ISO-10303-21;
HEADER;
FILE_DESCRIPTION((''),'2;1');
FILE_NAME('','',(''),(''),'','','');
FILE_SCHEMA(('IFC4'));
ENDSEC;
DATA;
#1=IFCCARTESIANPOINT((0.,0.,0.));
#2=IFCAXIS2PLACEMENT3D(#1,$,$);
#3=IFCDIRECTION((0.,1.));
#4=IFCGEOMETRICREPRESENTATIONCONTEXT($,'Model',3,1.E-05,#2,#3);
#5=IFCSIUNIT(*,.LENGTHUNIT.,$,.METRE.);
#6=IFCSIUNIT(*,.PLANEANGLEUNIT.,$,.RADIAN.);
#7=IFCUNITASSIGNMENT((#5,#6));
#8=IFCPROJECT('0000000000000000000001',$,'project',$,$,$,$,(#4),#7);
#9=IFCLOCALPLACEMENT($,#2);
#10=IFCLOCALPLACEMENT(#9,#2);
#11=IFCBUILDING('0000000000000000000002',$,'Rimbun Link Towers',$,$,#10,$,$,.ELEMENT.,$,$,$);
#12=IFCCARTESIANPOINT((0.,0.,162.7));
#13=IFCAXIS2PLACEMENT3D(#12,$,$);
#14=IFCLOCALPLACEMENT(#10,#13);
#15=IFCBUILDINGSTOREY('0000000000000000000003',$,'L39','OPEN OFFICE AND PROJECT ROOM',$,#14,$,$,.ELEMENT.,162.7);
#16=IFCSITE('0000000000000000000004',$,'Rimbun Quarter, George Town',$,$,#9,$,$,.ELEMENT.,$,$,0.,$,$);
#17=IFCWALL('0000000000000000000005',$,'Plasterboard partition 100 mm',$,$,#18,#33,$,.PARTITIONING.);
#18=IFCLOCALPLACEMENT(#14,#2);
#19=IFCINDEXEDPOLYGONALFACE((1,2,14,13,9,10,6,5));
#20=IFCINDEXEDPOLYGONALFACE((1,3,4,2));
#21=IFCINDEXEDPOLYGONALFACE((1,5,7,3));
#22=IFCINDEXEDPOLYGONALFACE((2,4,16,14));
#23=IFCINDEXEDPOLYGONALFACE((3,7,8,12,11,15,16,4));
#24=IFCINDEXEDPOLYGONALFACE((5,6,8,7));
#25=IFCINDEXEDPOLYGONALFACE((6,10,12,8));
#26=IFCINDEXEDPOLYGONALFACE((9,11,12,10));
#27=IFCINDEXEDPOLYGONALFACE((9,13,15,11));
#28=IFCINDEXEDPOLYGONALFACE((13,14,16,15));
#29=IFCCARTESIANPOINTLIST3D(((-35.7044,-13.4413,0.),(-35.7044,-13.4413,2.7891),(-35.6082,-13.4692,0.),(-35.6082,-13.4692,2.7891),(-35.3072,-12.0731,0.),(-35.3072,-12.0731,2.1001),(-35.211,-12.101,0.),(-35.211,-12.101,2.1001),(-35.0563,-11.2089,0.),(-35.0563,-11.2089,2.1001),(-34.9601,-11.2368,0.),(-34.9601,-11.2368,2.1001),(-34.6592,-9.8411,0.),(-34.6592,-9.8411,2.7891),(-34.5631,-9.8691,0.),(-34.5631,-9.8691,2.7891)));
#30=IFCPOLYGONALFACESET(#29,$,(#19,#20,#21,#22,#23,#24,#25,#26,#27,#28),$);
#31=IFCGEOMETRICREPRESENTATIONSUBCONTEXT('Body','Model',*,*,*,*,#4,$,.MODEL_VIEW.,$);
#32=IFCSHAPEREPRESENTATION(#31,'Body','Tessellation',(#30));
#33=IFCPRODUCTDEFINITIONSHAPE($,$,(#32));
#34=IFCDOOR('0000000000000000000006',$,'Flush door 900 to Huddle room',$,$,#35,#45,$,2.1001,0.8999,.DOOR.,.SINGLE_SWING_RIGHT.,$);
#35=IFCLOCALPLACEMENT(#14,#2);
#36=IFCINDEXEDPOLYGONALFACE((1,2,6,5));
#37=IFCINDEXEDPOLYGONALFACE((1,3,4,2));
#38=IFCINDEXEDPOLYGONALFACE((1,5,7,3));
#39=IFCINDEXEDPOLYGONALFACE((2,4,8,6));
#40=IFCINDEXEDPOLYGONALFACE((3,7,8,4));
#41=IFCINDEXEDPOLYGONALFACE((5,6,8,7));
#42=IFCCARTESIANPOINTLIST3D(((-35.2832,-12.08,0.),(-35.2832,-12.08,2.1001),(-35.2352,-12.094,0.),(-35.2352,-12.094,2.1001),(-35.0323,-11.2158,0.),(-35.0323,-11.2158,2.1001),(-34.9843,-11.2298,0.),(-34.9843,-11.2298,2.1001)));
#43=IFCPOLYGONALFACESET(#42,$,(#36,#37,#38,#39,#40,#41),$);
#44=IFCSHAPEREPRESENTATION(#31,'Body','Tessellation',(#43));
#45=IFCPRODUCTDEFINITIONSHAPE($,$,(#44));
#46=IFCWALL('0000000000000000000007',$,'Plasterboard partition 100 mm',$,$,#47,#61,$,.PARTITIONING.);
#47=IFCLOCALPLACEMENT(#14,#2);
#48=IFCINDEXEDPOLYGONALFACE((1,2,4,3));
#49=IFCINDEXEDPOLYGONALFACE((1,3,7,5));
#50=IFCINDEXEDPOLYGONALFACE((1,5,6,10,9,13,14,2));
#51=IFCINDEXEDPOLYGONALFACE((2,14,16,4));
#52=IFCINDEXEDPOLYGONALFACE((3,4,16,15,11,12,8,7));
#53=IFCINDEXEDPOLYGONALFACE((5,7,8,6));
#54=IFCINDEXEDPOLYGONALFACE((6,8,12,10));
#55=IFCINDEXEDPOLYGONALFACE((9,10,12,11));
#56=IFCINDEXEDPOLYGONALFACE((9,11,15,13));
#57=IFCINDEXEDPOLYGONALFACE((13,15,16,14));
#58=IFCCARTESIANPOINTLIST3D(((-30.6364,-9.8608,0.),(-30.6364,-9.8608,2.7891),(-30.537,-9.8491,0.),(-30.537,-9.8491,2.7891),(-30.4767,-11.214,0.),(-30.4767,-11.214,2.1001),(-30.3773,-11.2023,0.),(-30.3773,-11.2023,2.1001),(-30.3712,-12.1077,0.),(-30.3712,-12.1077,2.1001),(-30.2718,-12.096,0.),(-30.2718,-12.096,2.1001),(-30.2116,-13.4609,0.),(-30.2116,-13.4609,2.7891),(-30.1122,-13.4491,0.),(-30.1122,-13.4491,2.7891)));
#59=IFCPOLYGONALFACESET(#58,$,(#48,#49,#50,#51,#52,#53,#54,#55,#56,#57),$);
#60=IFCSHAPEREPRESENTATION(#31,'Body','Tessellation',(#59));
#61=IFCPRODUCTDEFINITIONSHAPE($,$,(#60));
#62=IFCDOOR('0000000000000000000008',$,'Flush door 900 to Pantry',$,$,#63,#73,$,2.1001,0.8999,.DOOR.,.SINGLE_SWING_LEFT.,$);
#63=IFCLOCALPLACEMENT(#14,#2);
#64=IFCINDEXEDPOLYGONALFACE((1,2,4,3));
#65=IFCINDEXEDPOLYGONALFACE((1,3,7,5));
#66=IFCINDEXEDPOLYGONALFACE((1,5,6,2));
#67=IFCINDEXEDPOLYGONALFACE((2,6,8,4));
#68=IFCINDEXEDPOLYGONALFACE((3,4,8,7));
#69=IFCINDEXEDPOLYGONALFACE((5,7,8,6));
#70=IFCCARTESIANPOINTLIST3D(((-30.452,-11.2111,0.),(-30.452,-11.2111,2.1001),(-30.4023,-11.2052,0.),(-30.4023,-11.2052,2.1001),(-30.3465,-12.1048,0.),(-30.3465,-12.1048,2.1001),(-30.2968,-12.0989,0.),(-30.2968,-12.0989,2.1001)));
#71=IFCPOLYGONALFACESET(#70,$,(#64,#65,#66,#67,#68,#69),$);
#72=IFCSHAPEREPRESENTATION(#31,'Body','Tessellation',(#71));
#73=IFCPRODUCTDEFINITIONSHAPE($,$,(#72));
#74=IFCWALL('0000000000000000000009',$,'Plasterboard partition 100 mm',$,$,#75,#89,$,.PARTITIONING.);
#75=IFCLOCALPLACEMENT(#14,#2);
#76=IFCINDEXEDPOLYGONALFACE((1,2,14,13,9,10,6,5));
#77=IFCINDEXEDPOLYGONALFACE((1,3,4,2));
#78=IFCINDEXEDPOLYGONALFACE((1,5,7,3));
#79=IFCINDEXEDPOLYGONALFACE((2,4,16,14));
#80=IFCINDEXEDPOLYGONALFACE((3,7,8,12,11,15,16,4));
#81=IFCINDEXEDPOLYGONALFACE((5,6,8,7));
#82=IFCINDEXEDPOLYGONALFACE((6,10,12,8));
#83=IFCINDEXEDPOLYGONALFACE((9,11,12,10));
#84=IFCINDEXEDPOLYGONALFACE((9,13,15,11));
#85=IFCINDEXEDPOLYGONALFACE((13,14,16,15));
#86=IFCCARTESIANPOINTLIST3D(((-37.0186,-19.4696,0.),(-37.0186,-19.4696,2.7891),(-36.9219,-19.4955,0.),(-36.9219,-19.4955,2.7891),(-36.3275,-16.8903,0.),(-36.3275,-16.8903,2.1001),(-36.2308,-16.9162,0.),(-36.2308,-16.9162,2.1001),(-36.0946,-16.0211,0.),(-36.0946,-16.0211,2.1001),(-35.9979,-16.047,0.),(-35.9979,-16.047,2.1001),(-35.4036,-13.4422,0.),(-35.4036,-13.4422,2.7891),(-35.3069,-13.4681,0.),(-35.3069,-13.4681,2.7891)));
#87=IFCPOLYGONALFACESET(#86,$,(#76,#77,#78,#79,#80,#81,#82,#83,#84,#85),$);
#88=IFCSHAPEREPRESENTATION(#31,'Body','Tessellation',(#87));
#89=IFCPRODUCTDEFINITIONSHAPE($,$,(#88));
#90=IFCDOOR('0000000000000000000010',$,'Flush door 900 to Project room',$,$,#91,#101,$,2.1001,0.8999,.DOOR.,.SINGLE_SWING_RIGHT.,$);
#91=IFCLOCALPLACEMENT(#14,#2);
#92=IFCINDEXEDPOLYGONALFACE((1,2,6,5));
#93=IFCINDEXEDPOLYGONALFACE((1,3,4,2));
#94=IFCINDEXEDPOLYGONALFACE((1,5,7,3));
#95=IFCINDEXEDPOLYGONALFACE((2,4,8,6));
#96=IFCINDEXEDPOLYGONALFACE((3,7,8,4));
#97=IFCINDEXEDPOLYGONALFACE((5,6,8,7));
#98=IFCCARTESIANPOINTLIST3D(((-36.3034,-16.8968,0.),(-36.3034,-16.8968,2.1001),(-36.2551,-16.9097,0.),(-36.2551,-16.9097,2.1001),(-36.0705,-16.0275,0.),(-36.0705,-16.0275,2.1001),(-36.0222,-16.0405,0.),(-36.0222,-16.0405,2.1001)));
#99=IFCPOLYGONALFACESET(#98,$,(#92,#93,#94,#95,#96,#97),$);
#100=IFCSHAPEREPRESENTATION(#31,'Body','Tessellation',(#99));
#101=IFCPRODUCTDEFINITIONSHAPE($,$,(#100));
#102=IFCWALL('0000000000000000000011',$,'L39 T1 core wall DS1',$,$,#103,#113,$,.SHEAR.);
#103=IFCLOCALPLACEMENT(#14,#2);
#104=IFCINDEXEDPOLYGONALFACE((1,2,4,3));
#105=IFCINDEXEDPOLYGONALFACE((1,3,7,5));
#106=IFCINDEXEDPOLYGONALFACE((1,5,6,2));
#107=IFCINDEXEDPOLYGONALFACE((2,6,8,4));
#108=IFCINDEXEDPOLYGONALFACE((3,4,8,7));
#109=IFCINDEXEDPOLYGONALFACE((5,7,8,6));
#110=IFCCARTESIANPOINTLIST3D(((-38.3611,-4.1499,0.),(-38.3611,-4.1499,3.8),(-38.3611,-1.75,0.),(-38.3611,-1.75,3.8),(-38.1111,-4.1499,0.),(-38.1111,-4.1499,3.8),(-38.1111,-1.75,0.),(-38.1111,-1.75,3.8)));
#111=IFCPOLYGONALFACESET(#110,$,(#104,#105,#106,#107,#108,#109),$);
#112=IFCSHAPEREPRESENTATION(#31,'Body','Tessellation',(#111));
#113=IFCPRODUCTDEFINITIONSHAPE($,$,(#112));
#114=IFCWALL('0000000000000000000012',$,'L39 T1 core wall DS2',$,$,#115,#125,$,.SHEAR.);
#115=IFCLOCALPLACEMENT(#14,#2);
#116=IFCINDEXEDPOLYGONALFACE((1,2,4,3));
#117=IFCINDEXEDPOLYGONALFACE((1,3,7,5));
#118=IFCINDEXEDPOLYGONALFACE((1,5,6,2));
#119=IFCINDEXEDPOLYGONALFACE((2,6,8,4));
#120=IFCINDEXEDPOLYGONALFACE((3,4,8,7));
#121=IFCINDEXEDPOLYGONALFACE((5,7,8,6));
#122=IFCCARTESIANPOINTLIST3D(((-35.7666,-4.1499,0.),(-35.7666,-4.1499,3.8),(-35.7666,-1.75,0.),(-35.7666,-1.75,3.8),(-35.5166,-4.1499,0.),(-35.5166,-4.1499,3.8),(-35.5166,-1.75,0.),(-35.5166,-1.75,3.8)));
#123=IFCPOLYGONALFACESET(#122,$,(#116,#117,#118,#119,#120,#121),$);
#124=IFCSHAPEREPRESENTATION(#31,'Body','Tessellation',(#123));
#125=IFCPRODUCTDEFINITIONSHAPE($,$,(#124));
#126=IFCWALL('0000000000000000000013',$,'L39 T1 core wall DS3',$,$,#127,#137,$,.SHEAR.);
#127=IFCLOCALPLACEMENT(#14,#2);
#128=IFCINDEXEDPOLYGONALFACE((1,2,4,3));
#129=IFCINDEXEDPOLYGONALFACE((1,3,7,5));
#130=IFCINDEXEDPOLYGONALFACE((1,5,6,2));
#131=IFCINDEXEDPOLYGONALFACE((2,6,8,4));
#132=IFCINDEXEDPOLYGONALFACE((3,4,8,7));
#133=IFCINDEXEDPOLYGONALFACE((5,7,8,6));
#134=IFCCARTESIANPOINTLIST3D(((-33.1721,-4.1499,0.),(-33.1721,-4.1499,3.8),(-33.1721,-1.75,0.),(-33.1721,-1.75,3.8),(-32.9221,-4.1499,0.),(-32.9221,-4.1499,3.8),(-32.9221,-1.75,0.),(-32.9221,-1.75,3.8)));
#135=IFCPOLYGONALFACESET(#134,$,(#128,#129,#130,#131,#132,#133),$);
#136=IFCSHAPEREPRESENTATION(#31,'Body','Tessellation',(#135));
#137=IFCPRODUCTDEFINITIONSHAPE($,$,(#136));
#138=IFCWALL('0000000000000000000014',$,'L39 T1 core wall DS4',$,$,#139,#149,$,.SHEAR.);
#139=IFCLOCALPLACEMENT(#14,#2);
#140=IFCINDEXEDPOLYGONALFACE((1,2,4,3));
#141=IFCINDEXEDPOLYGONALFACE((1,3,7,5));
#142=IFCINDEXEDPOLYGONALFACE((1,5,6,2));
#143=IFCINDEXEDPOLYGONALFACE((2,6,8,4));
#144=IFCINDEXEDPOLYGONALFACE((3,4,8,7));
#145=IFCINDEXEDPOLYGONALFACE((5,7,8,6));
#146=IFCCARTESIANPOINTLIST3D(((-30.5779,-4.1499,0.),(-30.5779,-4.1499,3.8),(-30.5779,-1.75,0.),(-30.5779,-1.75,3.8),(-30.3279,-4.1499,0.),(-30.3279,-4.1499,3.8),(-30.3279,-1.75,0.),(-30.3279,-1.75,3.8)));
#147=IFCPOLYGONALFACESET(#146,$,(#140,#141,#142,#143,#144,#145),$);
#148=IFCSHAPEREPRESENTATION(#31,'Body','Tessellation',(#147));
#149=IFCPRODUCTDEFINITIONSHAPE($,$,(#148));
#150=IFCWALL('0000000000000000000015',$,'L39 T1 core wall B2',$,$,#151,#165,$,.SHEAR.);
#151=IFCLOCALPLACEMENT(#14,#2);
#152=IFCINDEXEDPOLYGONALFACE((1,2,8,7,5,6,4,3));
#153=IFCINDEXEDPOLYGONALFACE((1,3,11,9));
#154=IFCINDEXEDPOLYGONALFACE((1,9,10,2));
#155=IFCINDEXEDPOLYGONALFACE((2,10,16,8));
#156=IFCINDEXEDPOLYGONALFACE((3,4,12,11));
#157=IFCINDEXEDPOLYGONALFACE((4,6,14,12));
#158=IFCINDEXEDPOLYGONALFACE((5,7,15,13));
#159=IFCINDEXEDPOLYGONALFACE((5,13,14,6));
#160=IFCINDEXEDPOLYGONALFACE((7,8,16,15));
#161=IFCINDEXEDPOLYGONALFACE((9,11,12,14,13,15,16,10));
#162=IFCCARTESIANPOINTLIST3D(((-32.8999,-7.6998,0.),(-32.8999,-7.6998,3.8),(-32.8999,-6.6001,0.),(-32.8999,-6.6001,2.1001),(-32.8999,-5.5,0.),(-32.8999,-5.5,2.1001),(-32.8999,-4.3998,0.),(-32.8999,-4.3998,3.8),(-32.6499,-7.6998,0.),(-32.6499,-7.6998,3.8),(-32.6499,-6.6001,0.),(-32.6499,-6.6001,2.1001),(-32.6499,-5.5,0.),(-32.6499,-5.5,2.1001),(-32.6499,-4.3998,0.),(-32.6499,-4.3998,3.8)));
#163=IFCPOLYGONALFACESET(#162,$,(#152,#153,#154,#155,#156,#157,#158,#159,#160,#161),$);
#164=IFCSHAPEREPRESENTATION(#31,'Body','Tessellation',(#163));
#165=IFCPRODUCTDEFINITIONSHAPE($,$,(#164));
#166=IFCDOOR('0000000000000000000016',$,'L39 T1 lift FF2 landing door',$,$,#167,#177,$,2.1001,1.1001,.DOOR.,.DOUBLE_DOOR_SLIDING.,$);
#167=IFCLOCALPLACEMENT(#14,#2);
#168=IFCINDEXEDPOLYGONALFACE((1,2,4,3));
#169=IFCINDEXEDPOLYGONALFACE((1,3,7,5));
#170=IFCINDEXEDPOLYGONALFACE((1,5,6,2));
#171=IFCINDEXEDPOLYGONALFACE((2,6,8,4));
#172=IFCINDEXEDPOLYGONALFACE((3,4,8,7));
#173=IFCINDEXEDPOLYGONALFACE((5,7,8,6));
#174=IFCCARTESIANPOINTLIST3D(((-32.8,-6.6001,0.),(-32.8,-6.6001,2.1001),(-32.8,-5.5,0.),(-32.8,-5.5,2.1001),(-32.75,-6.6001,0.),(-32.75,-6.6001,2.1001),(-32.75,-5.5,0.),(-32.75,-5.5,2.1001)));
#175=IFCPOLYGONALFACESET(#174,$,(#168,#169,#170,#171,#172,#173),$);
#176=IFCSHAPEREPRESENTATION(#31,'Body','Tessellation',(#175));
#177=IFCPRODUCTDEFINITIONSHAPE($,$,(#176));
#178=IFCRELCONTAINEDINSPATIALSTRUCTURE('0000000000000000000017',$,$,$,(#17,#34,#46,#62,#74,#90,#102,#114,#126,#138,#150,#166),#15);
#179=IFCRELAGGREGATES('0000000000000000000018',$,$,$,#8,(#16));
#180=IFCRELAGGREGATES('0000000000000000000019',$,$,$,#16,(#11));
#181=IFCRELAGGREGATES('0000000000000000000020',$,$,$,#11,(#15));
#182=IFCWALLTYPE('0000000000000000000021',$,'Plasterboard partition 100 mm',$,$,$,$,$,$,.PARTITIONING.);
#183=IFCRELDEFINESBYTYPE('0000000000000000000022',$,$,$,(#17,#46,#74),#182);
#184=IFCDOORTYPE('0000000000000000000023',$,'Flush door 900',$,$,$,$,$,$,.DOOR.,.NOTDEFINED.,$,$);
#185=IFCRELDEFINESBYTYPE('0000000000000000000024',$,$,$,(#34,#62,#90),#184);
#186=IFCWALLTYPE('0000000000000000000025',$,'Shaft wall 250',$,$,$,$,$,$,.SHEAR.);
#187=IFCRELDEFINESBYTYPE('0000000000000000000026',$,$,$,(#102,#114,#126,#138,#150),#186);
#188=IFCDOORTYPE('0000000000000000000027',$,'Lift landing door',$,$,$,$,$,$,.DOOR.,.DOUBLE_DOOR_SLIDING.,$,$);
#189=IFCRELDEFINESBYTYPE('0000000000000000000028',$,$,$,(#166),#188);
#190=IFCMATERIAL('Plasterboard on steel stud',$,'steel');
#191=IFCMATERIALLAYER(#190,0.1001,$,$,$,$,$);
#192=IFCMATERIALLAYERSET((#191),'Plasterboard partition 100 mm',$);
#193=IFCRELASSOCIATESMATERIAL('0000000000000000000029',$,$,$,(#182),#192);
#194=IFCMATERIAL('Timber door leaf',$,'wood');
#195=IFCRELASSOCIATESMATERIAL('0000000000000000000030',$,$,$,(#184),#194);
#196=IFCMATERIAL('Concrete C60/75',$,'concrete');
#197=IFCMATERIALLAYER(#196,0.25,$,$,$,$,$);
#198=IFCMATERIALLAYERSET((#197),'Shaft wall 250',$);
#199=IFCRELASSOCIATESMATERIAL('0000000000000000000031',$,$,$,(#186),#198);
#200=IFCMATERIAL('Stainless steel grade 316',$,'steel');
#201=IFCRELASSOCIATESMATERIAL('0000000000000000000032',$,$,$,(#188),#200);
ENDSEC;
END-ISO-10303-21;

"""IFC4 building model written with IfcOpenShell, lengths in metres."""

from ifc_helpers import new_model, si_unit, direction, frame, frame_2d, origin, place, context, subcontext, project, spatial, rectangle, extrude, material, layer, layer_set, type_object, element, fill, save


model = new_model("IFC4")

# Units and contexts
model_context = context("Model", 3, precision=1e-05, world=origin(), true_north=direction((0.0, 1.0)))
body_context = subcontext(model_context, "Body", "Model", "MODEL_VIEW")
ifc_project = project(units=[si_unit("LENGTHUNIT", "METRE"), si_unit("PLANEANGLEUNIT", "RADIAN")], contexts=[model_context])

# Site, building, storey
site_placement = place(None, origin())
site = spatial("IfcSite", under=ifc_project, at=site_placement, Name="Rimbun Quarter, George Town", CompositionType="ELEMENT", RefElevation=0.0)
building_placement = place(site_placement, origin())
building = spatial("IfcBuilding", under=site, at=building_placement, Name="Rimbun Link Towers", CompositionType="ELEMENT")
storey_placement = place(building_placement, frame((0.0, 0.0, 162.7)))
storey = spatial("IfcBuildingStorey", under=building, at=storey_placement, Name="L39", Description="OPEN OFFICE AND PROJECT ROOM", CompositionType="ELEMENT", Elevation=162.7)

# Walls, openings, doors
ifc_material_1 = material(Name="Plasterboard on steel stud", Category="steel")
ifc_layer_1 = layer(ifc_material_1, 0.1001)
ifc_layer_set_1 = layer_set([ifc_layer_1], Name="Plasterboard partition 100 mm")
wall_type_1 = type_object("IfcWallType", Name="Plasterboard partition 100 mm", PredefinedType="PARTITIONING", material=ifc_layer_set_1)
ifc_material_2 = material(Name="Timber door leaf", Category="wood")
door_type_1 = type_object("IfcDoorType", Name="Flush door 900", OperationType="NOTDEFINED", PredefinedType="DOOR", material=ifc_material_2)
wall_1_placement = place(storey_placement, frame((-34.6111, -9.855, 0.0), z_axis=(0.0, 0.0, 1.0), x_axis=(-0.278804, -0.960348, 0.0)))
wall_1 = element("IfcWall", 1, at=wall_1_placement, inside=storey, type_object=wall_type_1, Name="Plasterboard partition 100 mm", PredefinedType="PARTITIONING", context=body_context, shape_type="SweptSolid", body=[
    extrude(rectangle(XDim=3.7488, YDim=0.1001, at=frame_2d((1.8745, 0.0))), origin(), (0.0, 0.0, 1.0), 2.7891),
])
opening_1_placement = place(wall_1_placement, frame((1.4243, 0.0, 0.0)))
opening_1 = element("IfcOpeningElement", 2, at=opening_1_placement, cuts=wall_1, PredefinedType="OPENING", context=body_context, shape_type="SweptSolid", body=[
    extrude(rectangle(XDim=0.8999, YDim=2.1001, at=frame_2d((0.45, 1.05))), frame((0.0, 0.0601, 0.0), z_axis=(0.0, -1.0, 0.0), x_axis=(1.0, 0.0, 0.0)), (0.0, 0.0, 1.0), 0.1201),
])
door_1_placement = place(opening_1_placement, origin())
door_1 = element("IfcDoor", 3, at=door_1_placement, inside=storey, type_object=door_type_1, Name="Flush door 900 to Huddle room", OperationType="SINGLE_SWING_RIGHT", OverallHeight=2.1001, OverallWidth=0.8999, PredefinedType="DOOR", context=body_context, shape_type="SweptSolid", body=[
    extrude(rectangle(XDim=0.8999, YDim=2.1001, at=frame_2d((0.45, 1.05))), frame((0.0, 0.0249, 0.0), z_axis=(0.0, -1.0, 0.0), x_axis=(1.0, 0.0, 0.0)), (0.0, 0.0, 1.0), 0.05),
])
fill(opening_1, door_1)
wall_2_placement = place(storey_placement, frame((-30.5867, -9.855, 0.0), z_axis=(0.0, 0.0, 1.0), x_axis=(0.117185, -0.99311, 0.0)))
wall_2 = element("IfcWall", 4, at=wall_2_placement, inside=storey, type_object=wall_type_1, Name="Plasterboard partition 100 mm", PredefinedType="PARTITIONING", context=body_context, shape_type="SweptSolid", body=[
    extrude(rectangle(XDim=3.625, YDim=0.1001, at=frame_2d((1.8125, 0.0))), origin(), (0.0, 0.0, 1.0), 2.7891),
])
opening_2_placement = place(wall_2_placement, frame((1.3625, 0.0, 0.0)))
opening_2 = element("IfcOpeningElement", 5, at=opening_2_placement, cuts=wall_2, PredefinedType="OPENING", context=body_context, shape_type="SweptSolid", body=[
    extrude(rectangle(XDim=0.8999, YDim=2.1001, at=frame_2d((0.45, 1.05))), frame((0.0, 0.0601, 0.0), z_axis=(0.0, -1.0, 0.0), x_axis=(1.0, 0.0, 0.0)), (0.0, 0.0, 1.0), 0.1201),
])
door_2_placement = place(opening_2_placement, origin())
door_2 = element("IfcDoor", 6, at=door_2_placement, inside=storey, type_object=door_type_1, Name="Flush door 900 to Pantry", OperationType="SINGLE_SWING_LEFT", OverallHeight=2.1001, OverallWidth=0.8999, PredefinedType="DOOR", context=body_context, shape_type="SweptSolid", body=[
    extrude(rectangle(XDim=0.8999, YDim=2.1001, at=frame_2d((0.45, 1.05))), frame((0.0, 0.0249, 0.0), z_axis=(0.0, -1.0, 0.0), x_axis=(1.0, 0.0, 0.0)), (0.0, 0.0, 1.0), 0.05),
])
fill(opening_2, door_2)
wall_3_placement = place(storey_placement, frame((-35.3552, -13.4551, 0.0), z_axis=(0.0, 0.0, 1.0), x_axis=(-0.258814, -0.965927, 0.0)))
wall_3 = element("IfcWall", 7, at=wall_3_placement, inside=storey, type_object=wall_type_1, Name="Plasterboard partition 100 mm", PredefinedType="PARTITIONING", context=body_context, shape_type="SweptSolid", body=[
    extrude(rectangle(XDim=6.24, YDim=0.1001, at=frame_2d((3.1201, 0.0))), origin(), (0.0, 0.0, 1.0), 2.7891),
])
opening_3_placement = place(wall_3_placement, frame((2.6699, 0.0, 0.0)))
opening_3 = element("IfcOpeningElement", 8, at=opening_3_placement, cuts=wall_3, PredefinedType="OPENING", context=body_context, shape_type="SweptSolid", body=[
    extrude(rectangle(XDim=0.8999, YDim=2.1001, at=frame_2d((0.45, 1.05))), frame((0.0, 0.0601, 0.0), z_axis=(0.0, -1.0, 0.0), x_axis=(1.0, 0.0, 0.0)), (0.0, 0.0, 1.0), 0.1201),
])
door_3_placement = place(opening_3_placement, origin())
door_3 = element("IfcDoor", 9, at=door_3_placement, inside=storey, type_object=door_type_1, Name="Flush door 900 to Project room", OperationType="SINGLE_SWING_RIGHT", OverallHeight=2.1001, OverallWidth=0.8999, PredefinedType="DOOR", context=body_context, shape_type="SweptSolid", body=[
    extrude(rectangle(XDim=0.8999, YDim=2.1001, at=frame_2d((0.45, 1.05))), frame((0.0, 0.0249, 0.0), z_axis=(0.0, -1.0, 0.0), x_axis=(1.0, 0.0, 0.0)), (0.0, 0.0, 1.0), 0.05),
])
fill(opening_3, door_3)

# Walls
ifc_material_3 = material(Name="Concrete C60/75", Category="concrete")
ifc_layer_2 = layer(ifc_material_3, 0.25)
ifc_layer_set_2 = layer_set([ifc_layer_2], Name="Shaft wall 250")
wall_type_2 = type_object("IfcWallType", Name="Shaft wall 250", PredefinedType="SHEAR", material=ifc_layer_set_2)
for number, where, z_axis, x_axis, name in (
    (10, (-38.2361, -4.1499, 0.0), (0.0, 0.0, 1.0), (0.0, 1.0, 0.0), "L39 T1 core wall DS1"),
    (11, (-35.6416, -4.1499, 0.0), (0.0, 0.0, 1.0), (0.0, 1.0, 0.0), "L39 T1 core wall DS2"),
    (12, (-33.0471, -4.1499, 0.0), (0.0, 0.0, 1.0), (0.0, 1.0, 0.0), "L39 T1 core wall DS3"),
    (13, (-30.4529, -4.1499, 0.0), (0.0, 0.0, 1.0), (0.0, 1.0, 0.0), "L39 T1 core wall DS4"),
):
    element("IfcWall", number, at=place(storey_placement, frame(where, z_axis=z_axis, x_axis=x_axis)), inside=storey, type_object=wall_type_2, Name=name, PredefinedType="SHEAR", context=body_context, shape_type="SweptSolid", body=[
        extrude(rectangle(XDim=2.3999, YDim=0.25, at=frame_2d((1.2, 0.0))), origin(), (0.0, 0.0, 1.0), 3.8),
    ])

# Wall, opening, door
wall_4_placement = place(storey_placement, frame((-32.7749, -4.3999, 0.0), z_axis=(0.0, 0.0, 1.0), x_axis=(0.0, -1.0, 0.0)))
wall_4 = element("IfcWall", 14, at=wall_4_placement, inside=storey, type_object=wall_type_2, Name="L39 T1 core wall B2", PredefinedType="SHEAR", context=body_context, shape_type="SweptSolid", body=[
    extrude(rectangle(XDim=3.3, YDim=0.25, at=frame_2d((1.6499, 0.0))), origin(), (0.0, 0.0, 1.0), 3.8),
])
opening_4_placement = place(wall_4_placement, frame((1.1001, 0.0, 0.0)))
opening_4 = element("IfcOpeningElement", 15, at=opening_4_placement, cuts=wall_4, PredefinedType="OPENING", context=body_context, shape_type="SweptSolid", body=[
    extrude(rectangle(XDim=1.1001, YDim=2.1001, at=frame_2d((0.55, 1.05))), frame((0.0, 0.135, 0.0), z_axis=(0.0, -1.0, 0.0), x_axis=(1.0, 0.0, 0.0)), (0.0, 0.0, 1.0), 0.27),
])
ifc_material_4 = material(Name="Stainless steel grade 316", Category="steel")
door_type_2 = type_object("IfcDoorType", Name="Lift landing door", OperationType="DOUBLE_DOOR_SLIDING", PredefinedType="DOOR", material=ifc_material_4)
door_4_placement = place(opening_4_placement, origin())
door_4 = element("IfcDoor", 16, at=door_4_placement, inside=storey, type_object=door_type_2, Name="L39 T1 lift FF2 landing door", OperationType="DOUBLE_DOOR_SLIDING", OverallHeight=2.1001, OverallWidth=1.1001, PredefinedType="DOOR", context=body_context, shape_type="SweptSolid", body=[
    extrude(rectangle(XDim=1.1001, YDim=2.1001, at=frame_2d((0.55, 1.05))), frame((0.0, 0.0249, 0.0), z_axis=(0.0, -1.0, 0.0), x_axis=(1.0, 0.0, 0.0)), (0.0, 0.0, 1.0), 0.05),
])
fill(opening_4, door_4)

save(model, "model.ifc")
